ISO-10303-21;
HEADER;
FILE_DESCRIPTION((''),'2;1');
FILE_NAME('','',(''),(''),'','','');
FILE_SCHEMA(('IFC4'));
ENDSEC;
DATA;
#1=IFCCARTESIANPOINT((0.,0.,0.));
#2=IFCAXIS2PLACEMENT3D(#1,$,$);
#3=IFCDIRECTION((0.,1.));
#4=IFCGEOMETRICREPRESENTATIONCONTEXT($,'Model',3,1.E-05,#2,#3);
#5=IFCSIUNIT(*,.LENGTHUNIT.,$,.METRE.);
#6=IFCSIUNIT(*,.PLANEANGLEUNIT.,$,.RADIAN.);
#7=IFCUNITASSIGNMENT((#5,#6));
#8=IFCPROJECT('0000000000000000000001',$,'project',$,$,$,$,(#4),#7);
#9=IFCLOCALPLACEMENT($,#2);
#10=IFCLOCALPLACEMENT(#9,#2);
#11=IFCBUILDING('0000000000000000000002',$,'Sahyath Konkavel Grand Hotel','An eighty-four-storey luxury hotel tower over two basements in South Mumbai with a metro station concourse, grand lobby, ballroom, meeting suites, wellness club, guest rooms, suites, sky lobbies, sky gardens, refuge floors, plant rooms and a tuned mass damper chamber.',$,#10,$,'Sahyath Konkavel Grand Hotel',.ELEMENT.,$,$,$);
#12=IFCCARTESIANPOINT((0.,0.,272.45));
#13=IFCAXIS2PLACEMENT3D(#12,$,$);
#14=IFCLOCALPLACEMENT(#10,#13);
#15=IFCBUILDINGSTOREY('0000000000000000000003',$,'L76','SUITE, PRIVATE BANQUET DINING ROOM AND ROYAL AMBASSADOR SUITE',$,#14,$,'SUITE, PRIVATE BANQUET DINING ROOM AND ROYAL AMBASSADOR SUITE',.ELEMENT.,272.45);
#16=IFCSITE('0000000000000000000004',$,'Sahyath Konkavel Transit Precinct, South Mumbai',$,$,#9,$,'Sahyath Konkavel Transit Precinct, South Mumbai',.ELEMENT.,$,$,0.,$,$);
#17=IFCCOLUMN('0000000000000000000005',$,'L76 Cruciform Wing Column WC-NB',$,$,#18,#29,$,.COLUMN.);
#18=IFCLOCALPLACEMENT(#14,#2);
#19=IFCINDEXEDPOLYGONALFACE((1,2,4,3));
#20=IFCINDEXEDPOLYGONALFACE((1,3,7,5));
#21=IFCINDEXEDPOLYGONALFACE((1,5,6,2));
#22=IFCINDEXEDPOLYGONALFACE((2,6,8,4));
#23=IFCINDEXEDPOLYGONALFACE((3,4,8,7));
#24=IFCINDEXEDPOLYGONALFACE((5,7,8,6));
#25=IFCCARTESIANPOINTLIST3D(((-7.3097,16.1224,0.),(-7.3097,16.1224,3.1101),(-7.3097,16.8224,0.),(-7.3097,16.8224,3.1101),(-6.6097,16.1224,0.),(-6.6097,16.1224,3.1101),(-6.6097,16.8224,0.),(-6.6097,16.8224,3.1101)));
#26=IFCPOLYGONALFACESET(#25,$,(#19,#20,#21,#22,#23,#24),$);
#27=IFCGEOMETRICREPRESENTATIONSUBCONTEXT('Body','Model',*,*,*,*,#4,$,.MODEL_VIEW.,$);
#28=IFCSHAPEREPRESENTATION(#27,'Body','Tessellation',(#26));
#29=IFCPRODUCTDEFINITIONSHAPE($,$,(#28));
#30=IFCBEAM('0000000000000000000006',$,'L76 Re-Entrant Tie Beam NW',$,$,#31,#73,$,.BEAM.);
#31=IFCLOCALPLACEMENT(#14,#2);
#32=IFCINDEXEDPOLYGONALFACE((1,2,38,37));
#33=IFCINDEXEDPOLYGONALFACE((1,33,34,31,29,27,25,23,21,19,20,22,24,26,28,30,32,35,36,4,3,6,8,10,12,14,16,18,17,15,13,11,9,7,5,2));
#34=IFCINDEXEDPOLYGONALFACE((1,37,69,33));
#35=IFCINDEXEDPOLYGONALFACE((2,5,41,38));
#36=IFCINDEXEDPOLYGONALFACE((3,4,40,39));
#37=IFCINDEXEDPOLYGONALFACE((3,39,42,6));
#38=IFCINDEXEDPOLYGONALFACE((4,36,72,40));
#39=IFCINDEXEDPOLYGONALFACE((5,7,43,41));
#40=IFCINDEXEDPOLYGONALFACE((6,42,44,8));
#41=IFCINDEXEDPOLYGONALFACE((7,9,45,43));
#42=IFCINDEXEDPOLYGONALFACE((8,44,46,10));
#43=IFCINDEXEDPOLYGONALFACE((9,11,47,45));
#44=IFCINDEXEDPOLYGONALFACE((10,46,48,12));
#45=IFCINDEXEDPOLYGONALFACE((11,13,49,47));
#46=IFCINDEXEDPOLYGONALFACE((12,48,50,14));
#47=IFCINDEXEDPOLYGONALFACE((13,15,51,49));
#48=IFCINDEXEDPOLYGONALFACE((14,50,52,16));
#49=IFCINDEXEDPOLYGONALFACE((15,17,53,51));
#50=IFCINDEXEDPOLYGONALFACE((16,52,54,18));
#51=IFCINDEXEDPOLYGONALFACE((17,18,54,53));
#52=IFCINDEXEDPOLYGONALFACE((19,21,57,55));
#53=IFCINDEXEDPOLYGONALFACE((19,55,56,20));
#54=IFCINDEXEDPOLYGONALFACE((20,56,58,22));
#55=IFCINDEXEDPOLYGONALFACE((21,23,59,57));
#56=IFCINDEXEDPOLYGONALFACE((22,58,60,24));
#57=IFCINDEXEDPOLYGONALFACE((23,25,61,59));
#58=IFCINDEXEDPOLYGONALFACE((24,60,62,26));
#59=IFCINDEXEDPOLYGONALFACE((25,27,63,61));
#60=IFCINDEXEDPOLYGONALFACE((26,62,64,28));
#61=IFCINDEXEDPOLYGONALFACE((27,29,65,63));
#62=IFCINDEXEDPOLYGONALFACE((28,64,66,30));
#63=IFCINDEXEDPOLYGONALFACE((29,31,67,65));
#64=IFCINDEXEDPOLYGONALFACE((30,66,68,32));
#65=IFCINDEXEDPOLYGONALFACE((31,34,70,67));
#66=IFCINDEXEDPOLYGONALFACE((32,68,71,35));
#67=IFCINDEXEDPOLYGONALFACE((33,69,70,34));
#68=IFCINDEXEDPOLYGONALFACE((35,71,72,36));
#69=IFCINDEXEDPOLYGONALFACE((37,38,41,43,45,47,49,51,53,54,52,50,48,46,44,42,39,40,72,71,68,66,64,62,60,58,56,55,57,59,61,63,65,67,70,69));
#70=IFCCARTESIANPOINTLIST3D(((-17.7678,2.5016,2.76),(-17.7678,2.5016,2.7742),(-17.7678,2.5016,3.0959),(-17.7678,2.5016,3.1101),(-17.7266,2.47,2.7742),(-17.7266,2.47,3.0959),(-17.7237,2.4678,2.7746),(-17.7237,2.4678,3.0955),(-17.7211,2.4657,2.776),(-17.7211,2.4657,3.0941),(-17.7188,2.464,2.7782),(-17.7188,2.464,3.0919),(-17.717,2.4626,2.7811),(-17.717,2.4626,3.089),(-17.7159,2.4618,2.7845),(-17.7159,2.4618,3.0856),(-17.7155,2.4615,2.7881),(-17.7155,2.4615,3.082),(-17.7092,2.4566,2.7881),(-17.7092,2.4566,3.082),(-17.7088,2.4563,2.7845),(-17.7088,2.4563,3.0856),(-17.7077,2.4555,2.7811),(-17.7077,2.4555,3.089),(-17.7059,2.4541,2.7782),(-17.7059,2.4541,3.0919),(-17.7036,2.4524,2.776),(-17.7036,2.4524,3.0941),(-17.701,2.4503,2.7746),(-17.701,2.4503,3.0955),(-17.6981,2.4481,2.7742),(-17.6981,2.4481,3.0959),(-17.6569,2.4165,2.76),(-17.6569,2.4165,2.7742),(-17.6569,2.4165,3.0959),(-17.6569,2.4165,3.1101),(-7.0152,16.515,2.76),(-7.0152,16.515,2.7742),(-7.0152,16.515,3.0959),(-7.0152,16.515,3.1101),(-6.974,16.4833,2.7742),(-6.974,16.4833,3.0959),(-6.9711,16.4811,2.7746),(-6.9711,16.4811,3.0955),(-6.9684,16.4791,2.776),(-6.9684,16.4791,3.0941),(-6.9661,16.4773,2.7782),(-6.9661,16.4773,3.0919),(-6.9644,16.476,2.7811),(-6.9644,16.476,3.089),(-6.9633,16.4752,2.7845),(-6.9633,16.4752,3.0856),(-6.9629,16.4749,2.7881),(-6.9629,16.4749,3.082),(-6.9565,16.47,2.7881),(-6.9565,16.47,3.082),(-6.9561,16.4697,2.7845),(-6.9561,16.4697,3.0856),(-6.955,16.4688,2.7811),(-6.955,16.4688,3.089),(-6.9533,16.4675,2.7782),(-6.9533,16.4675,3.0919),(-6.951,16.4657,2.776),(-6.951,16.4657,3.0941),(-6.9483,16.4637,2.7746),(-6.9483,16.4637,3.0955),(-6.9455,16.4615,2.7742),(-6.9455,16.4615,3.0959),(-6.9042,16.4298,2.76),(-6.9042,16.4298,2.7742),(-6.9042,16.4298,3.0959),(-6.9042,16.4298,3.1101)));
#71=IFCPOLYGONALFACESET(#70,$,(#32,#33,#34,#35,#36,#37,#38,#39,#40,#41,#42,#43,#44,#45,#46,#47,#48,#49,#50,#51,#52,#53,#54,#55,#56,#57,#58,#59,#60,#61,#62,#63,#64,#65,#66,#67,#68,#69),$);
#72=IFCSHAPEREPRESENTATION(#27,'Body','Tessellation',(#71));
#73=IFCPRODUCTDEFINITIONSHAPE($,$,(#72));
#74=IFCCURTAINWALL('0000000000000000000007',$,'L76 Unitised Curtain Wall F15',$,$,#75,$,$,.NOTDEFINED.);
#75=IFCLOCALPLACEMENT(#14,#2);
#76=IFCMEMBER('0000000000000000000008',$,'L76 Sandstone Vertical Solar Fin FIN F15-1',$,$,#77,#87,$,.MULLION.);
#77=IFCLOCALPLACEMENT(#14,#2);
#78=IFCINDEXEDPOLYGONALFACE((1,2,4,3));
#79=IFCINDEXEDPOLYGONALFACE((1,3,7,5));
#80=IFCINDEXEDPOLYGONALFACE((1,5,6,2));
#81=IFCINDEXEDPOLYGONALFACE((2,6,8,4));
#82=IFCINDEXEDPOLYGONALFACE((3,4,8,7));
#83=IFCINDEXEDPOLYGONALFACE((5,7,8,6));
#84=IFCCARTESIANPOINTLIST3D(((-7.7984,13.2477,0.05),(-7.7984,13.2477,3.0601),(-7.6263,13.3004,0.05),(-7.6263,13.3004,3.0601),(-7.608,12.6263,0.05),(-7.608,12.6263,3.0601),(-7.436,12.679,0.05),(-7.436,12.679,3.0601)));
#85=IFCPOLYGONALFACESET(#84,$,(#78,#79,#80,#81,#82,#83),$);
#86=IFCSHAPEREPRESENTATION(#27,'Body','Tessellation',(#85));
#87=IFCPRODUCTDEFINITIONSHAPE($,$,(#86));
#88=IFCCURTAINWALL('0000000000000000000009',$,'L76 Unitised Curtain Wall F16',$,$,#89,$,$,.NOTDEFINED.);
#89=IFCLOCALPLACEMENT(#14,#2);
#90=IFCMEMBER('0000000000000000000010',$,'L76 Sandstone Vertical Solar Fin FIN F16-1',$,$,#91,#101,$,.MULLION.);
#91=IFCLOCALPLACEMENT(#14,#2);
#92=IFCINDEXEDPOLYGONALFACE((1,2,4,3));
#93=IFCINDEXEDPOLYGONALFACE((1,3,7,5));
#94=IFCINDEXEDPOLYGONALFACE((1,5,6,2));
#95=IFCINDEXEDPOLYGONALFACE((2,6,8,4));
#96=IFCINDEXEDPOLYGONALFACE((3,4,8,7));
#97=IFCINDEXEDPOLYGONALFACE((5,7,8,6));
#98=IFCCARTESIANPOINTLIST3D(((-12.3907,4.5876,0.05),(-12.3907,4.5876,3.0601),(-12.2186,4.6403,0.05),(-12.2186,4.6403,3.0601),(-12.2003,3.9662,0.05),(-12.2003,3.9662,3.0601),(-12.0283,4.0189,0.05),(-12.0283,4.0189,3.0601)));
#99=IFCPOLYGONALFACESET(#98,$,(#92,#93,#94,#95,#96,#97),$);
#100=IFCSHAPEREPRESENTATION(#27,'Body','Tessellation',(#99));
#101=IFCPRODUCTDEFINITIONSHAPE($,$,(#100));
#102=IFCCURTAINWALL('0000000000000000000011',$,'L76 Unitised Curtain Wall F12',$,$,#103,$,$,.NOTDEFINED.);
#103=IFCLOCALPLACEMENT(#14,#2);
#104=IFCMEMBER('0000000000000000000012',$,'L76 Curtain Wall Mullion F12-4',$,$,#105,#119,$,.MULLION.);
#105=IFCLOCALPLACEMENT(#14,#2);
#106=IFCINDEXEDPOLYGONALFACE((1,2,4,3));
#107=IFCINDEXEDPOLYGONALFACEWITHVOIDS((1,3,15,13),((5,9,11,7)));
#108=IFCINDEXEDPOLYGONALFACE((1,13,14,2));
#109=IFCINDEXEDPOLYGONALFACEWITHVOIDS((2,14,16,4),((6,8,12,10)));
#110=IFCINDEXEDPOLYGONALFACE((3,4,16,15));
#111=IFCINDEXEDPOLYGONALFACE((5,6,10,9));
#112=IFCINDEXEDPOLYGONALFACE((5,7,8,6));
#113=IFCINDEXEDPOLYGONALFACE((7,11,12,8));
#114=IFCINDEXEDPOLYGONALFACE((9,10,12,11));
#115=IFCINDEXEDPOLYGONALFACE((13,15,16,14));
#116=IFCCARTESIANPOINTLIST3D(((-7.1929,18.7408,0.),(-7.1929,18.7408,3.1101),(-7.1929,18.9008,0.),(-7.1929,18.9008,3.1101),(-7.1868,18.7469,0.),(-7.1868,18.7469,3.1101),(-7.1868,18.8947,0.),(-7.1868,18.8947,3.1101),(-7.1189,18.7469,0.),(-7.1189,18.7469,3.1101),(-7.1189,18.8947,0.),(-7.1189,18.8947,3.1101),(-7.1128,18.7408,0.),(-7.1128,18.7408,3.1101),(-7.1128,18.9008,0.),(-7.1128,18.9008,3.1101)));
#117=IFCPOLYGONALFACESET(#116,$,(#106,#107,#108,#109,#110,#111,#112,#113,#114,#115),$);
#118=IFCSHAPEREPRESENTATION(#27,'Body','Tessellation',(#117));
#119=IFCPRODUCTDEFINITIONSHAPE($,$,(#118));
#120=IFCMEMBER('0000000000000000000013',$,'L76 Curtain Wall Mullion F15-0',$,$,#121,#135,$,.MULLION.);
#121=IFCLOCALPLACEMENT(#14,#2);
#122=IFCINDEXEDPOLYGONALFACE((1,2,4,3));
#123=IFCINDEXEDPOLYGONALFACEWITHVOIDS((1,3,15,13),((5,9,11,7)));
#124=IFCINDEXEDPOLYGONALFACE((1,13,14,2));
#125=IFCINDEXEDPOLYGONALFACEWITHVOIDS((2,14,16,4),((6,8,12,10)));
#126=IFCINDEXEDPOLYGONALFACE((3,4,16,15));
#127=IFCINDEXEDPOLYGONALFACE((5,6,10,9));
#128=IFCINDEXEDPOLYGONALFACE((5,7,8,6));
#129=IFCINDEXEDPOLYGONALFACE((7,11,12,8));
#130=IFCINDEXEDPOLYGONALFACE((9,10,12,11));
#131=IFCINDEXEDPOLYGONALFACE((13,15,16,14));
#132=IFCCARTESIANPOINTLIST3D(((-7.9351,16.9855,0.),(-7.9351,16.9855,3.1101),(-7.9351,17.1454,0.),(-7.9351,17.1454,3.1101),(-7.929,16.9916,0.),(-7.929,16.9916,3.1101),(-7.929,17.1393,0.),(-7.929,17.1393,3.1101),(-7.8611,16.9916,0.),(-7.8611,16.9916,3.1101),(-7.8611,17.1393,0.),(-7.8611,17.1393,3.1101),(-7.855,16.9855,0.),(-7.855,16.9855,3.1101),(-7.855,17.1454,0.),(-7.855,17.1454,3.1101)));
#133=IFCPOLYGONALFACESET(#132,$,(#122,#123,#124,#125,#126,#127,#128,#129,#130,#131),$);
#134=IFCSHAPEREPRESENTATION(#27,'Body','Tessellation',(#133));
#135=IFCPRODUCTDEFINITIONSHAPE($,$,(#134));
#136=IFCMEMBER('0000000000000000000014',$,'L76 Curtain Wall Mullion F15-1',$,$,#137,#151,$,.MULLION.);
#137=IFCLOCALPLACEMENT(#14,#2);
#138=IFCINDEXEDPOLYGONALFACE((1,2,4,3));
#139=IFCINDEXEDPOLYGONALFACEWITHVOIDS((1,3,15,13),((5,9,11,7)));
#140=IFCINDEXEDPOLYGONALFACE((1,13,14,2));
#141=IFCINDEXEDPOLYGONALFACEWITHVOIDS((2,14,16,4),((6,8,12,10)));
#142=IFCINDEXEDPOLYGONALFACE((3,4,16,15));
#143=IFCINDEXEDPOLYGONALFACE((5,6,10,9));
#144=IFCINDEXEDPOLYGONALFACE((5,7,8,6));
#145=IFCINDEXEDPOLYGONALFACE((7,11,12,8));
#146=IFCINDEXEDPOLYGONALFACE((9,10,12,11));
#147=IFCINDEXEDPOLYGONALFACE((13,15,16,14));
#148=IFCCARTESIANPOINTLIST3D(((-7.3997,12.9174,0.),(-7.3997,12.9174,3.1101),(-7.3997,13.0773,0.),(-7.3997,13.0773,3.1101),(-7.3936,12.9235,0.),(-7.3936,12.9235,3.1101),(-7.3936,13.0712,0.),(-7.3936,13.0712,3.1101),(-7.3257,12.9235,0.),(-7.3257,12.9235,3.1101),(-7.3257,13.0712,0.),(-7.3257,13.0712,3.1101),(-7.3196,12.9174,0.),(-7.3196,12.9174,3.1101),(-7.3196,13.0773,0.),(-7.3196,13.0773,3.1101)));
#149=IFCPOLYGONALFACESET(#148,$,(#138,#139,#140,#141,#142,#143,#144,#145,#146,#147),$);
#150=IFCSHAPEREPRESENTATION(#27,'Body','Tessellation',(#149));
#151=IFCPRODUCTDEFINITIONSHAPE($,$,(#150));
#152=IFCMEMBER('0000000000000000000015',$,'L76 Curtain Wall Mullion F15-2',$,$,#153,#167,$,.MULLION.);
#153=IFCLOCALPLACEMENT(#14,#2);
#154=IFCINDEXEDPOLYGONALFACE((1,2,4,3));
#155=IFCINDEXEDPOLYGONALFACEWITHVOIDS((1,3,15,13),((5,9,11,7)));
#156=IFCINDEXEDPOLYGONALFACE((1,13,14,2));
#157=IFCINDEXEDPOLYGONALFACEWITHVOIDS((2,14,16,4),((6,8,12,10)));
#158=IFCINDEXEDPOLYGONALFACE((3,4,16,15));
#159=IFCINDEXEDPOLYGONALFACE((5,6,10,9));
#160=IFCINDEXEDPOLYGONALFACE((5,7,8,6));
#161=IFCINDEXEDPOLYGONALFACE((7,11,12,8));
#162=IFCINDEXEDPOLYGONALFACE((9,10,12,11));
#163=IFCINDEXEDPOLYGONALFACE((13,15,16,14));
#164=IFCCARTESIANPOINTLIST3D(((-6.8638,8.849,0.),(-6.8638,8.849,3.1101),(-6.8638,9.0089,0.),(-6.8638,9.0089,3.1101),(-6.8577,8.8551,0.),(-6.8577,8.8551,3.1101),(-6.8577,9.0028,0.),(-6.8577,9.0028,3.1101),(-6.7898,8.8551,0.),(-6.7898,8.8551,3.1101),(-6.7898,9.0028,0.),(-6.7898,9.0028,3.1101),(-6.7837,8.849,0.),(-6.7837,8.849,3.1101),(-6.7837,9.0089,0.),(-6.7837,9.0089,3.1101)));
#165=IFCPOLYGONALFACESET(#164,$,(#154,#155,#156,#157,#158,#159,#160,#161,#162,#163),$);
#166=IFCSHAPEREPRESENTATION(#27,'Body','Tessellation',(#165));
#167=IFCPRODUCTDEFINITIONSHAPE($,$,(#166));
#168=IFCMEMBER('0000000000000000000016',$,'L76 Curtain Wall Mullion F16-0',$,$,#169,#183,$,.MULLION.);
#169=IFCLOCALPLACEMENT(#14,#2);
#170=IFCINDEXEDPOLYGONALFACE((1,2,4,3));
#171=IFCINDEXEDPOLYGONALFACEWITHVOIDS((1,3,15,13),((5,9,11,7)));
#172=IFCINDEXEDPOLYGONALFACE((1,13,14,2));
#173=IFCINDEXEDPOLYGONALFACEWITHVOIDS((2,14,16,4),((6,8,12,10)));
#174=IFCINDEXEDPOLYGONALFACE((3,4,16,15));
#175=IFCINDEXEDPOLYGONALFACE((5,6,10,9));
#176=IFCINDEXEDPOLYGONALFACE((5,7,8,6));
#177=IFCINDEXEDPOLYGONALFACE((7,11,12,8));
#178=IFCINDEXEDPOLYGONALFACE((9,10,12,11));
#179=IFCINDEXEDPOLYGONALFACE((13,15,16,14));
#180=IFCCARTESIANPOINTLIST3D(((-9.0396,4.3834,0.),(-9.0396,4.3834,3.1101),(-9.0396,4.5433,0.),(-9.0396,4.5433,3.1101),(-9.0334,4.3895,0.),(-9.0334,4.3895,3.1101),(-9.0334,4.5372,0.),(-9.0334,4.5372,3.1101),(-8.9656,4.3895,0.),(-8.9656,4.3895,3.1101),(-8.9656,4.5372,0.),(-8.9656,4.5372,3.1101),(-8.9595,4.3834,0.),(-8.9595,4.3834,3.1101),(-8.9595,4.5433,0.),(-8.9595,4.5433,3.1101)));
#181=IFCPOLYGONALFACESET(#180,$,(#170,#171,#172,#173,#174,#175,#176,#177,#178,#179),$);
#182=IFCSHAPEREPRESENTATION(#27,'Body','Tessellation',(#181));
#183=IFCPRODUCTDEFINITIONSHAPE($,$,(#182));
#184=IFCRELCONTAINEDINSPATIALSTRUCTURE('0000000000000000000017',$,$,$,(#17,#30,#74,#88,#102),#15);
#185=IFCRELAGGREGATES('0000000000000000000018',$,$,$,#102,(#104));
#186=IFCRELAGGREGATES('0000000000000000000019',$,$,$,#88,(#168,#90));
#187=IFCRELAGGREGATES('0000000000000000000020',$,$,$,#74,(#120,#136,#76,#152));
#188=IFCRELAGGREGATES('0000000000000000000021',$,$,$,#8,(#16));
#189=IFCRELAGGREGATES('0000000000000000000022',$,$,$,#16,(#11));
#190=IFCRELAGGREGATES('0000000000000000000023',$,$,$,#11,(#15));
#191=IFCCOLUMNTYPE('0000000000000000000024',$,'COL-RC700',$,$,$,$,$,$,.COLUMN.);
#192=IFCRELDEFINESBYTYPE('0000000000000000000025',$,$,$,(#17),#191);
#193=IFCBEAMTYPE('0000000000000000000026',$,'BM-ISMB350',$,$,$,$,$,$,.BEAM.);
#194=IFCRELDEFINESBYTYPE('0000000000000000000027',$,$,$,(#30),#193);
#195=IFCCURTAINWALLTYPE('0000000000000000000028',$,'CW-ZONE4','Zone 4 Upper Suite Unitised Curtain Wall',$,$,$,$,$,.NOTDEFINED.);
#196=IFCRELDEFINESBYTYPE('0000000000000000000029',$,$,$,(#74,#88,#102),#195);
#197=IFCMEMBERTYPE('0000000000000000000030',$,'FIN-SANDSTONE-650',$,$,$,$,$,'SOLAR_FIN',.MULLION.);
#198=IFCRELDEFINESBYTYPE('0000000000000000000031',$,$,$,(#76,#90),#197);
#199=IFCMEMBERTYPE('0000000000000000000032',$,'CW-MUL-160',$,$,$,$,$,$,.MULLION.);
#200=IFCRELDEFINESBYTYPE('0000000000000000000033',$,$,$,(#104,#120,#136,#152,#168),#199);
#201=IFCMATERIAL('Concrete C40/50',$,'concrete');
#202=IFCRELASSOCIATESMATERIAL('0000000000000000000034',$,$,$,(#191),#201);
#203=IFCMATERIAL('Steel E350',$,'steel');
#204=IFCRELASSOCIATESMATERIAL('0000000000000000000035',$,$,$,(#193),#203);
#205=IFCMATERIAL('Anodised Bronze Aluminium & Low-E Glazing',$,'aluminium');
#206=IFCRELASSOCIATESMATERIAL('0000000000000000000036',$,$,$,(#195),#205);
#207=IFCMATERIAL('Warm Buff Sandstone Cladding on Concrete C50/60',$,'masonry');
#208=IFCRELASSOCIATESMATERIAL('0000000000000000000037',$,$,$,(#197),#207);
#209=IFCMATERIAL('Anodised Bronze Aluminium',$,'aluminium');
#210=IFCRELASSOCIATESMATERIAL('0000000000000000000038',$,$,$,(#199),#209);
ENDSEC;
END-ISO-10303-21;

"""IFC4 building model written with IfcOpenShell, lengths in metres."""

from ifc_helpers import new_model, si_unit, direction, frame, origin, origin_2d, place, context, subcontext, project, spatial, rectangle, hollow_rectangle, i_section, extrude, source, transform, mapped, material, material_profile, profile_set, type_object, element, aggregate, save


model = new_model("IFC4")

# Units and contexts
model_context = context("Model", 3, precision=1e-05, world=origin(), true_north=direction((0.0, 1.0)))
body_context = subcontext(model_context, "Body", "Model", "MODEL_VIEW")
ifc_project = project(units=[si_unit("LENGTHUNIT", "METRE"), si_unit("PLANEANGLEUNIT", "RADIAN")], contexts=[model_context])

# Site, building, storey
site_placement = place(None, origin())
site = spatial("IfcSite", under=ifc_project, at=site_placement, Name="Sahyath Konkavel Transit Precinct, South Mumbai", LongName="Sahyath Konkavel Transit Precinct, South Mumbai", CompositionType="ELEMENT", RefElevation=0.0)
building_placement = place(site_placement, origin())
building = spatial("IfcBuilding", under=site, at=building_placement, Name="Sahyath Konkavel Grand Hotel", Description="An eighty-four-storey luxury hotel tower over two basements in South Mumbai with a metro station concourse, grand lobby, ballroom, meeting suites, wellness club, guest rooms, suites, sky lobbies, sky gardens, refuge floors, plant rooms and a tuned mass damper chamber.", LongName="Sahyath Konkavel Grand Hotel", CompositionType="ELEMENT")
storey_placement = place(building_placement, frame((0.0, 0.0, 272.45)))
storey = spatial("IfcBuildingStorey", under=building, at=storey_placement, Name="L76", Description="SUITE, PRIVATE BANQUET DINING ROOM AND ROYAL AMBASSADOR SUITE", LongName="SUITE, PRIVATE BANQUET DINING ROOM AND ROYAL AMBASSADOR SUITE", CompositionType="ELEMENT", Elevation=272.45)

# Column
ifc_material_1 = material(Name="Concrete C40/50", Category="concrete")
ifc_material_profile_1 = material_profile(ifc_material_1, rectangle(XDim=0.7, YDim=0.7, at=origin_2d()), Name="RC 700x700")
ifc_profile_set_1 = profile_set([ifc_material_profile_1], Name="Concrete C40/50")
column_type = type_object("IfcColumnType", Name="COL-RC700", PredefinedType="COLUMN", material=ifc_profile_set_1)
shared_shape_1 = source(origin(), body_context, "Body", "SweptSolid", [
    extrude(rectangle(XDim=0.7, YDim=0.7, at=origin_2d()), origin(), (0.0, 0.0, 1.0), 3.1101),
])
column_placement = place(storey_placement, frame((-6.9597, 16.4724, 0.0), z_axis=(0.0, 0.0, 1.0), x_axis=(1.0, 0.0, 0.0)))
element("IfcColumn", 1, at=column_placement, inside=storey, type_object=column_type, Name="L76 Cruciform Wing Column WC-NB", PredefinedType="COLUMN", context=body_context, shape_type="MappedRepresentation", body=[
    mapped(shared_shape_1, transform((0.0, 0.0, 0.0), scale=1.0)),
])

# Beam
ifc_material_2 = material(Name="Steel E350", Category="steel")
ifc_material_profile_2 = material_profile(ifc_material_2, i_section(OverallWidth=0.1399, OverallDepth=0.3501, WebThickness=0.0081, FlangeThickness=0.0142, FilletRadius=0.0139, at=origin_2d()), Name="ISMB 350")
ifc_profile_set_2 = profile_set([ifc_material_profile_2], Name="Steel E350")
beam_type = type_object("IfcBeamType", Name="BM-ISMB350", PredefinedType="BEAM", material=ifc_profile_set_2)
shared_shape_2 = source(origin(), body_context, "Body", "SweptSolid", [
    extrude(i_section(OverallWidth=0.1399, OverallDepth=0.3501, WebThickness=0.0081, FlangeThickness=0.0142, FilletRadius=0.0139, at=origin_2d()), origin(), (0.0, 0.0, 1.0), 17.6633),
])
beam_placement = place(storey_placement, frame((-6.9597, 16.4724, 2.9351), z_axis=(-0.608754, -0.793359, 0.0), x_axis=(0.793359, -0.608754, 0.0)))
element("IfcBeam", 2, at=beam_placement, inside=storey, type_object=beam_type, Name="L76 Re-Entrant Tie Beam NW", PredefinedType="BEAM", context=body_context, shape_type="MappedRepresentation", body=[
    mapped(shared_shape_2, transform((0.0, 0.0, 0.0), scale=1.0)),
])

# Curtain walls, members
ifc_material_3 = material(Name="Anodised Bronze Aluminium & Low-E Glazing", Category="aluminium")
curtain_wall_type = type_object("IfcCurtainWallType", Name="CW-ZONE4", Description="Zone 4 Upper Suite Unitised Curtain Wall", PredefinedType="NOTDEFINED", material=ifc_material_3)
curtain_wall_1_placement = place(storey_placement, origin())
curtain_wall_1 = element("IfcCurtainWall", 3, at=curtain_wall_1_placement, inside=storey, type_object=curtain_wall_type, Name="L76 Unitised Curtain Wall F15", PredefinedType="NOTDEFINED")
ifc_material_4 = material(Name="Warm Buff Sandstone Cladding on Concrete C50/60", Category="masonry")
ifc_material_profile_3 = material_profile(ifc_material_4, rectangle(XDim=0.1799, YDim=0.6499, at=origin_2d()), Name="FIN 180x650")
ifc_profile_set_3 = profile_set([ifc_material_profile_3], Name="Warm Buff Sandstone Cladding on Concrete C50/60")
member_type_1 = type_object("IfcMemberType", Name="FIN-SANDSTONE-650", ElementType="SOLAR_FIN", PredefinedType="MULLION", material=ifc_profile_set_3)
shared_shape_3 = source(origin(), body_context, "Body", "SweptSolid", [
    extrude(rectangle(XDim=0.1799, YDim=0.6499, at=origin_2d()), origin(), (0.0, 0.0, 1.0), 3.01),
])
member_1_placement = place(storey_placement, frame((-7.6172, 12.9634, 0.05), z_axis=(0.0, 0.0, 1.0), x_axis=(0.956152, 0.292872, 0.0)))
member_1 = element("IfcMember", 4, at=member_1_placement, type_object=member_type_1, Name="L76 Sandstone Vertical Solar Fin FIN F15-1", PredefinedType="MULLION", context=body_context, shape_type="MappedRepresentation", body=[
    mapped(shared_shape_3, transform((0.0, 0.0, 0.0), scale=1.0)),
])
curtain_wall_2_placement = place(storey_placement, origin())
curtain_wall_2 = element("IfcCurtainWall", 5, at=curtain_wall_2_placement, inside=storey, type_object=curtain_wall_type, Name="L76 Unitised Curtain Wall F16", PredefinedType="NOTDEFINED")
member_2_placement = place(storey_placement, frame((-12.2095, 4.3032, 0.05), z_axis=(0.0, 0.0, 1.0), x_axis=(0.956152, 0.292872, 0.0)))
member_2 = element("IfcMember", 6, at=member_2_placement, type_object=member_type_1, Name="L76 Sandstone Vertical Solar Fin FIN F16-1", PredefinedType="MULLION", context=body_context, shape_type="MappedRepresentation", body=[
    mapped(shared_shape_3, transform((0.0, 0.0, 0.0), scale=1.0)),
])
curtain_wall_3_placement = place(storey_placement, origin())
curtain_wall_3 = element("IfcCurtainWall", 7, at=curtain_wall_3_placement, inside=storey, type_object=curtain_wall_type, Name="L76 Unitised Curtain Wall F12", PredefinedType="NOTDEFINED")
ifc_material_5 = material(Name="Anodised Bronze Aluminium", Category="aluminium")
ifc_material_profile_4 = material_profile(ifc_material_5, hollow_rectangle(XDim=0.0801, YDim=0.1599, WallThickness=0.0061, at=origin_2d()), Name="RHS 160x80x6")
ifc_profile_set_4 = profile_set([ifc_material_profile_4], Name="Anodised Bronze Aluminium")
member_type_2 = type_object("IfcMemberType", Name="CW-MUL-160", PredefinedType="MULLION", material=ifc_profile_set_4)
shared_shape_4 = source(origin(), body_context, "Body", "SweptSolid", [
    extrude(hollow_rectangle(XDim=0.0801, YDim=0.1599, WallThickness=0.0061, at=origin_2d()), origin(), (0.0, 0.0, 1.0), 3.1101),
])
member_3_placement = place(storey_placement, frame((-7.1528, 18.8208, 0.0), z_axis=(0.0, 0.0, 1.0), x_axis=(1.0, 0.0, 0.0)))
member_3 = element("IfcMember", 8, at=member_3_placement, type_object=member_type_2, Name="L76 Curtain Wall Mullion F12-4", PredefinedType="MULLION", context=body_context, shape_type="MappedRepresentation", body=[
    mapped(shared_shape_4, transform((0.0, 0.0, 0.0), scale=1.0)),
])
aggregate(curtain_wall_3, [member_3])

# Members
member_4_placement = place(storey_placement, frame((-7.895, 17.0654, 0.0), z_axis=(0.0, 0.0, 1.0), x_axis=(1.0, 0.0, 0.0)))
member_4 = element("IfcMember", 9, at=member_4_placement, type_object=member_type_2, Name="L76 Curtain Wall Mullion F15-0", PredefinedType="MULLION", context=body_context, shape_type="MappedRepresentation", body=[
    mapped(shared_shape_4, transform((0.0, 0.0, 0.0), scale=1.0)),
])
member_5_placement = place(storey_placement, frame((-7.3596, 12.9973, 0.0), z_axis=(0.0, 0.0, 1.0), x_axis=(1.0, 0.0, 0.0)))
member_5 = element("IfcMember", 10, at=member_5_placement, type_object=member_type_2, Name="L76 Curtain Wall Mullion F15-1", PredefinedType="MULLION", context=body_context, shape_type="MappedRepresentation", body=[
    mapped(shared_shape_4, transform((0.0, 0.0, 0.0), scale=1.0)),
])
member_6_placement = place(storey_placement, frame((-6.8237, 8.929, 0.0), z_axis=(0.0, 0.0, 1.0), x_axis=(1.0, 0.0, 0.0)))
member_6 = element("IfcMember", 11, at=member_6_placement, type_object=member_type_2, Name="L76 Curtain Wall Mullion F15-2", PredefinedType="MULLION", context=body_context, shape_type="MappedRepresentation", body=[
    mapped(shared_shape_4, transform((0.0, 0.0, 0.0), scale=1.0)),
])
member_7_placement = place(storey_placement, frame((-8.9995, 4.4634, 0.0), z_axis=(0.0, 0.0, 1.0), x_axis=(1.0, 0.0, 0.0)))
member_7 = element("IfcMember", 12, at=member_7_placement, type_object=member_type_2, Name="L76 Curtain Wall Mullion F16-0", PredefinedType="MULLION", context=body_context, shape_type="MappedRepresentation", body=[
    mapped(shared_shape_4, transform((0.0, 0.0, 0.0), scale=1.0)),
])

aggregate(curtain_wall_2, [member_7, member_2])
aggregate(curtain_wall_1, [member_4, member_5, member_1, member_6])

save(model, "model.ifc")
